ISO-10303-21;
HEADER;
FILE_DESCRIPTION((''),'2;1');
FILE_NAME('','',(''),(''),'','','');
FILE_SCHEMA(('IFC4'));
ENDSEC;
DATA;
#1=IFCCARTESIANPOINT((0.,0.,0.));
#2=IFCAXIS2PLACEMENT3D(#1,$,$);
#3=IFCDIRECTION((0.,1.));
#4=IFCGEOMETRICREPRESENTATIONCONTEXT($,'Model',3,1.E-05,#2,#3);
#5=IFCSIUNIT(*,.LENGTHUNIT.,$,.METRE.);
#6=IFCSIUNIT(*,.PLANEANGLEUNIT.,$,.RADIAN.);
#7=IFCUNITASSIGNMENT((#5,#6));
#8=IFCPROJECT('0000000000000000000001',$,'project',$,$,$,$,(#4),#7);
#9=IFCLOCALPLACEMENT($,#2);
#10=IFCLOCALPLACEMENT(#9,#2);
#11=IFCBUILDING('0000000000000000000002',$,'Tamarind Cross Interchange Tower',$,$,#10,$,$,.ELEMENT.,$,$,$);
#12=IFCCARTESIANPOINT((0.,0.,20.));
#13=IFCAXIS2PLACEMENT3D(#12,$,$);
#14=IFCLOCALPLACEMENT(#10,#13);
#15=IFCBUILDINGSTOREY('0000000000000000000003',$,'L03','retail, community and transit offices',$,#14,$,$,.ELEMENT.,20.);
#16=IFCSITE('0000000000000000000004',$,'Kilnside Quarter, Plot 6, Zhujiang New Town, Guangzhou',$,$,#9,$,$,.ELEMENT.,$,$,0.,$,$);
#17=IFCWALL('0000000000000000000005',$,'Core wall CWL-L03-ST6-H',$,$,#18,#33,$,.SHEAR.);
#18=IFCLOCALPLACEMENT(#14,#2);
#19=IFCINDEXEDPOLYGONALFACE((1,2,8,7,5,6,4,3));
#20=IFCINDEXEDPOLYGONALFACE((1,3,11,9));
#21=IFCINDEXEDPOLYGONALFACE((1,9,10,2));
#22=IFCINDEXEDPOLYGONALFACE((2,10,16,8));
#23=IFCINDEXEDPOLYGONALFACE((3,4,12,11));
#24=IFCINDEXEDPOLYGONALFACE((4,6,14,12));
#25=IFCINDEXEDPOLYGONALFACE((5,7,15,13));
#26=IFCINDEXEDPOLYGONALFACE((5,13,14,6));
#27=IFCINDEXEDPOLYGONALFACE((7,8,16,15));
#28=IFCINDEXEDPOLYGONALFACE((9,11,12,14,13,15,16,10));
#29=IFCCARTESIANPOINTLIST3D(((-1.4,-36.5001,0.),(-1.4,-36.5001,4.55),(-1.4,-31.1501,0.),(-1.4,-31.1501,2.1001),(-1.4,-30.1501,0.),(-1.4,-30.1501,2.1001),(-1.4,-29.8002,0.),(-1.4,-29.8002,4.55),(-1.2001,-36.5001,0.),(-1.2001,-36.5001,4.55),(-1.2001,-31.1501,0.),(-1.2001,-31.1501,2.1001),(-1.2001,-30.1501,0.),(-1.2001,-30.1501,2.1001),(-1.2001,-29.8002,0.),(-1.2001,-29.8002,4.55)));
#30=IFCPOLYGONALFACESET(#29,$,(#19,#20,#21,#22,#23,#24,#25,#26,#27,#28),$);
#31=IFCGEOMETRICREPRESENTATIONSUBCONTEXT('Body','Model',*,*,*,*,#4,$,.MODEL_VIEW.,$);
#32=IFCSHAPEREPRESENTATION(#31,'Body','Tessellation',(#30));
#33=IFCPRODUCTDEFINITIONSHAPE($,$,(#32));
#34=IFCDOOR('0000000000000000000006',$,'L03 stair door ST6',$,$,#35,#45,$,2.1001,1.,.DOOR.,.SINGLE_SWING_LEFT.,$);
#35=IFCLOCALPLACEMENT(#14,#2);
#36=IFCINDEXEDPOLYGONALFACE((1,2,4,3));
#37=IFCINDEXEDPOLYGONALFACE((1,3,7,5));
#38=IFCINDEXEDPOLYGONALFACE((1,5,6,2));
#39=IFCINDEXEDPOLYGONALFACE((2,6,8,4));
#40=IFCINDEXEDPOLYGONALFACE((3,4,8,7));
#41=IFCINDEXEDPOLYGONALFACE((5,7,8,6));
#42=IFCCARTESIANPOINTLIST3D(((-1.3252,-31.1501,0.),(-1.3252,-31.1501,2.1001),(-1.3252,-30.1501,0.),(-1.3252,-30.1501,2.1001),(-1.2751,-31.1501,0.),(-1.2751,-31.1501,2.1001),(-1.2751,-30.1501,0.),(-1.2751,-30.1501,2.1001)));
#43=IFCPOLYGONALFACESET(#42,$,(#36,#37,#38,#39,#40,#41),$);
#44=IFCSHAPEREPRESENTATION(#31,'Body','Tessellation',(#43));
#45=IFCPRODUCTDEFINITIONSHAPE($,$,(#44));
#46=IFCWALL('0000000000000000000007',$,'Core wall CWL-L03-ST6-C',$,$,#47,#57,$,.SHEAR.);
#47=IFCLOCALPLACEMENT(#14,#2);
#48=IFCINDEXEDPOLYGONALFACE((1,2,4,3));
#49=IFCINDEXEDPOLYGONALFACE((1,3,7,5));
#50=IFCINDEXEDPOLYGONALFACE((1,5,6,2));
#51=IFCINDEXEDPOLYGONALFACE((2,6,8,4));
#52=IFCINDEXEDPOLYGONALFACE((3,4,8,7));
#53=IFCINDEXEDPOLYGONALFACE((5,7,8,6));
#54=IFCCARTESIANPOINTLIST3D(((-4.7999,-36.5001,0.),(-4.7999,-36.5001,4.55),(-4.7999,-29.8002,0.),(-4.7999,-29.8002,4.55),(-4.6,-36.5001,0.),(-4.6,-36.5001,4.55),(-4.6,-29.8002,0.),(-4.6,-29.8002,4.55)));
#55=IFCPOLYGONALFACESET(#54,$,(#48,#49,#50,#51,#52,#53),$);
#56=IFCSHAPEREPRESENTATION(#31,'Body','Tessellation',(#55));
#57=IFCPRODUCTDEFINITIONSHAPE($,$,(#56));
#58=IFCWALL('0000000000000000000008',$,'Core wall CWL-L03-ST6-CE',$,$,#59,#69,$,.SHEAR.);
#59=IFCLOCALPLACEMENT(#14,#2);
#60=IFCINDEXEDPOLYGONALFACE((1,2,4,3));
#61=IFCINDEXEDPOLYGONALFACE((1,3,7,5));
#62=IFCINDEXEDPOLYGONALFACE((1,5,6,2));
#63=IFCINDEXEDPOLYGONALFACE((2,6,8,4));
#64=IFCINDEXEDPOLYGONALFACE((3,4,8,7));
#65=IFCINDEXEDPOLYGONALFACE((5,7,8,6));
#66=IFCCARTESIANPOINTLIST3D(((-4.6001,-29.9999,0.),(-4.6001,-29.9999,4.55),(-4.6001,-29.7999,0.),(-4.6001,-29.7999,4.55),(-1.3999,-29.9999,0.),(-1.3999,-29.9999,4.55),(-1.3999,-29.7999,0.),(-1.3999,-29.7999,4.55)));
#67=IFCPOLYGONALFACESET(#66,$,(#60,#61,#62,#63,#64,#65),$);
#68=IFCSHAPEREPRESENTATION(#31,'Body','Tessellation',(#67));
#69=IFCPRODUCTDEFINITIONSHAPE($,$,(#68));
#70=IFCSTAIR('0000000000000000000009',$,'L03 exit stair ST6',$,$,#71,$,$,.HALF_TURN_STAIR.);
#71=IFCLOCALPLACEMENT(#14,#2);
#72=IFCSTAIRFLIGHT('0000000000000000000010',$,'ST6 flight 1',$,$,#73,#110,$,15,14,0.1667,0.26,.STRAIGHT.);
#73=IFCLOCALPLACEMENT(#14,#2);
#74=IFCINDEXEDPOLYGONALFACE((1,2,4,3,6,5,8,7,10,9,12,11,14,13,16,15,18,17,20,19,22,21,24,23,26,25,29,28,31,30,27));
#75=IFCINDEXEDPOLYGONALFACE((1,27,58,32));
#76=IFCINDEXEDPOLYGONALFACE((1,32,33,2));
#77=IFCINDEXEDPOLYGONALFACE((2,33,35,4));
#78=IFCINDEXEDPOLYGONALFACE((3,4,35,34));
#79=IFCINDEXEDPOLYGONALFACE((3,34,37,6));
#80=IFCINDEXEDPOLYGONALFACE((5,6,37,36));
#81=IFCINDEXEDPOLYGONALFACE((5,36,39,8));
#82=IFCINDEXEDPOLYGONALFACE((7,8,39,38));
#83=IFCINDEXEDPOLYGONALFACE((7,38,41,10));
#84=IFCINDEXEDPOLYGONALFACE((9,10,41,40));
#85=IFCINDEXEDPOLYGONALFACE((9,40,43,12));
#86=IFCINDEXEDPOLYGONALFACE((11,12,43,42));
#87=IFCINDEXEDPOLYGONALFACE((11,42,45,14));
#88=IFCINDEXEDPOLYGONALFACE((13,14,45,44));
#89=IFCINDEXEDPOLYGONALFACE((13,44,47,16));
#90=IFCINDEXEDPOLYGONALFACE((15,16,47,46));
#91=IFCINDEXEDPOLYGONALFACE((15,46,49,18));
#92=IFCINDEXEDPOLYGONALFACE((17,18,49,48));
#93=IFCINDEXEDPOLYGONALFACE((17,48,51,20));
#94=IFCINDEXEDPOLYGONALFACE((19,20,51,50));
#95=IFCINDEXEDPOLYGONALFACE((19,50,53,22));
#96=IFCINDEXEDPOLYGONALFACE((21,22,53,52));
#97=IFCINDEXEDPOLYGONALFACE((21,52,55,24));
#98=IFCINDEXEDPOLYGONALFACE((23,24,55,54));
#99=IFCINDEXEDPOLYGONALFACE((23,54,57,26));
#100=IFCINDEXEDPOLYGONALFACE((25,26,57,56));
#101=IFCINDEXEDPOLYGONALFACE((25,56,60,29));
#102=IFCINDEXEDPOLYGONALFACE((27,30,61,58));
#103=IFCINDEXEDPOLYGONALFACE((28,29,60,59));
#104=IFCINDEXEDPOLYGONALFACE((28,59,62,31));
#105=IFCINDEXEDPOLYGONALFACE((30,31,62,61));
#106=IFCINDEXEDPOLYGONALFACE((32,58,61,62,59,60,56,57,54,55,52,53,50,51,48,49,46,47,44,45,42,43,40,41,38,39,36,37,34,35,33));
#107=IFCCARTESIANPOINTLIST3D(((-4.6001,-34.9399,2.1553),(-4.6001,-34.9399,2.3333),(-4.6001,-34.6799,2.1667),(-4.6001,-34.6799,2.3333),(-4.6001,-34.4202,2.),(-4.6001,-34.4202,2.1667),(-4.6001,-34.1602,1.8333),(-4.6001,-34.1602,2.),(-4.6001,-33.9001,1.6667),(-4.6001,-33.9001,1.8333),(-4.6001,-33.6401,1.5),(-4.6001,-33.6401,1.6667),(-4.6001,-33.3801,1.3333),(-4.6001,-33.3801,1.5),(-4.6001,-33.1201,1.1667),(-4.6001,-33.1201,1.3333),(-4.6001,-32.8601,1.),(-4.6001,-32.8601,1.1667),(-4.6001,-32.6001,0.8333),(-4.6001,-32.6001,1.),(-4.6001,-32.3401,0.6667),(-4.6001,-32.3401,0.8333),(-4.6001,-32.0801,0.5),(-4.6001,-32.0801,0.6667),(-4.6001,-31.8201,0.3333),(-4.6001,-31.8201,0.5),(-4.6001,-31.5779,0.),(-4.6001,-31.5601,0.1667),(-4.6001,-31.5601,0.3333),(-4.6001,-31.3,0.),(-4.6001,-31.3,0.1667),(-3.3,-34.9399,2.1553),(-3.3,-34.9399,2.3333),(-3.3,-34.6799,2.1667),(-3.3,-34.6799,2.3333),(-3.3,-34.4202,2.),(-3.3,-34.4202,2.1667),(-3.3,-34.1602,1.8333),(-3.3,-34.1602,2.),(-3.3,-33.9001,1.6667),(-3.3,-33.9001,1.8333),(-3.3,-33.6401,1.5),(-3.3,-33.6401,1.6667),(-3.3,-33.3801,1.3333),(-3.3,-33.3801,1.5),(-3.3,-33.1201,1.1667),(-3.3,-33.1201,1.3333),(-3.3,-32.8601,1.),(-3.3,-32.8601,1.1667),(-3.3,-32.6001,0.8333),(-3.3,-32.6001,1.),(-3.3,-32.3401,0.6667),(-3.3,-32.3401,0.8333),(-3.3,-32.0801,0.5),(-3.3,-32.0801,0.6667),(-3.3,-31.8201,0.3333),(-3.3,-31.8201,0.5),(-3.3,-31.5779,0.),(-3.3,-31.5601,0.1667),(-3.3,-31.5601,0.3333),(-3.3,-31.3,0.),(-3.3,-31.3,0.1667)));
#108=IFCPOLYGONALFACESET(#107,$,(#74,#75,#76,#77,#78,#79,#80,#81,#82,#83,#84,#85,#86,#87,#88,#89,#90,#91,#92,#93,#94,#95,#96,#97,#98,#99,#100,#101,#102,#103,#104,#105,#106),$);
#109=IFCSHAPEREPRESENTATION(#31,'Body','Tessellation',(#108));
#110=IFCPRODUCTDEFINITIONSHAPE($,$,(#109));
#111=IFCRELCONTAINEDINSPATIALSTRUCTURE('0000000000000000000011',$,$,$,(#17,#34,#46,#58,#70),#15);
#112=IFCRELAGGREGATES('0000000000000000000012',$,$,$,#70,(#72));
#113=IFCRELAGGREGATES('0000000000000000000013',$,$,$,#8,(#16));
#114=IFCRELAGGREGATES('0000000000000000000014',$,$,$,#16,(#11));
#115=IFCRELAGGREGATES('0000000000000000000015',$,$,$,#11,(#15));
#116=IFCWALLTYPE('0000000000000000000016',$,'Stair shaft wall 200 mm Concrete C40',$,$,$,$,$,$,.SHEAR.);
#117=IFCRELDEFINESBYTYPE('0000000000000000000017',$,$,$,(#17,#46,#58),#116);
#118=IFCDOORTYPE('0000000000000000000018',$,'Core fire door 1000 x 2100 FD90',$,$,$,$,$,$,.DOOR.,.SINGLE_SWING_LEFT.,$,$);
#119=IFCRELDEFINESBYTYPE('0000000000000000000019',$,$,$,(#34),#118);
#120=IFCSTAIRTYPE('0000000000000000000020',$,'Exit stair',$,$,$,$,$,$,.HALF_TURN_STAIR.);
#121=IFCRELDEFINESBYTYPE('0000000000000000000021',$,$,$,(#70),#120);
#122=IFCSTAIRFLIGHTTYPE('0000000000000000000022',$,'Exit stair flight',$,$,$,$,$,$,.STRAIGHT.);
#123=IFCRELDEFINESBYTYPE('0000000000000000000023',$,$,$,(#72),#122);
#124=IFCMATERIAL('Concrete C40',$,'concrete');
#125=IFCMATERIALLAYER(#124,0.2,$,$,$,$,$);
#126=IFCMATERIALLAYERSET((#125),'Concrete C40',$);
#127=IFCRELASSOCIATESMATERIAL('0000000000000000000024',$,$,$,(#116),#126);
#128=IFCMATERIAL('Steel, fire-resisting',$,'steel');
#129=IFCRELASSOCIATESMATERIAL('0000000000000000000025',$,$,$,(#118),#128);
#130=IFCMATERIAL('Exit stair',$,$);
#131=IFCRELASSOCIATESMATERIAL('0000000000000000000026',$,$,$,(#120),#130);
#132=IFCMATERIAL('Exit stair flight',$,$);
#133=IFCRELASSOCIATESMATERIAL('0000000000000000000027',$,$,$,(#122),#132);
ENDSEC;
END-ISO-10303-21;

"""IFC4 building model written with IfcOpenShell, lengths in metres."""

from ifc_helpers import new_model, si_unit, direction, frame, frame_2d, origin, place, context, subcontext, project, spatial, polyline, rectangle, outline, extrude, material, layer, layer_set, type_object, element, fill, aggregate, save


model = new_model("IFC4")

# Units and contexts
model_context = context("Model", 3, precision=1e-05, world=origin(), true_north=direction((0.0, 1.0)))
body_context = subcontext(model_context, "Body", "Model", "MODEL_VIEW")
ifc_project = project(units=[si_unit("LENGTHUNIT", "METRE"), si_unit("PLANEANGLEUNIT", "RADIAN")], contexts=[model_context])

# Site, building, storey
site_placement = place(None, origin())
site = spatial("IfcSite", under=ifc_project, at=site_placement, Name="Kilnside Quarter, Plot 6, Zhujiang New Town, Guangzhou", CompositionType="ELEMENT", RefElevation=0.0)
building_placement = place(site_placement, origin())
building = spatial("IfcBuilding", under=site, at=building_placement, Name="Tamarind Cross Interchange Tower", CompositionType="ELEMENT")
storey_placement = place(building_placement, frame((0.0, 0.0, 20.0)))
storey = spatial("IfcBuildingStorey", under=building, at=storey_placement, Name="L03", Description="retail, community and transit offices", CompositionType="ELEMENT", Elevation=20.0)

# Shared definitions
ifc_material_1 = material(Name="Steel, fire-resisting", Category="steel")

# Wall, opening, door
ifc_material_2 = material(Name="Concrete C40", Category="concrete")
ifc_layer_1 = layer(ifc_material_2, 0.2)
ifc_layer_set_1 = layer_set([ifc_layer_1], Name="Concrete C40")
wall_type_1 = type_object("IfcWallType", Name="Stair shaft wall 200 mm Concrete C40", PredefinedType="SHEAR", material=ifc_layer_set_1)
wall_1_placement = place(storey_placement, frame((-1.3, -29.8, 0.0), z_axis=(0.0, 0.0, 1.0), x_axis=(0.0, -1.0, 0.0)))
wall_1 = element("IfcWall", 1, at=wall_1_placement, inside=storey, type_object=wall_type_1, Name="Core wall CWL-L03-ST6-H", PredefinedType="SHEAR", context=body_context, shape_type="SweptSolid", body=[
    extrude(rectangle(XDim=6.7, YDim=0.2, at=frame_2d((3.3501, 0.0))), origin(), (0.0, 0.0, 1.0), 4.55),
])
opening_1_placement = place(wall_1_placement, frame((0.3501, 0.0, 0.0)))
opening_1 = element("IfcOpeningElement", 2, at=opening_1_placement, cuts=wall_1, PredefinedType="OPENING", context=body_context, shape_type="SweptSolid", body=[
    extrude(rectangle(XDim=1.0, YDim=2.1001, at=frame_2d((0.5, 1.05))), frame((0.0, 0.1099, 0.0), z_axis=(0.0, -1.0, 0.0), x_axis=(1.0, 0.0, 0.0)), (0.0, 0.0, 1.0), 0.22),
])
door_type_1 = type_object("IfcDoorType", Name="Core fire door 1000 x 2100 FD90", OperationType="SINGLE_SWING_LEFT", PredefinedType="DOOR", material=ifc_material_1)
door_1_placement = place(opening_1_placement, origin())
door_1 = element("IfcDoor", 3, at=door_1_placement, inside=storey, type_object=door_type_1, Name="L03 stair door ST6", OperationType="SINGLE_SWING_LEFT", OverallHeight=2.1001, OverallWidth=1.0, PredefinedType="DOOR", context=body_context, shape_type="SweptSolid", body=[
    extrude(rectangle(XDim=1.0, YDim=2.1001, at=frame_2d((0.5, 1.05))), frame((0.0, 0.0249, 0.0), z_axis=(0.0, -1.0, 0.0), x_axis=(1.0, 0.0, 0.0)), (0.0, 0.0, 1.0), 0.05),
])
fill(opening_1, door_1)

# Walls
wall_2_placement = place(storey_placement, frame((-4.7, -29.8, 0.0), z_axis=(0.0, 0.0, 1.0), x_axis=(0.0, -1.0, 0.0)))
element("IfcWall", 4, at=wall_2_placement, inside=storey, type_object=wall_type_1, Name="Core wall CWL-L03-ST6-C", PredefinedType="SHEAR", context=body_context, shape_type="SweptSolid", body=[
    extrude(rectangle(XDim=6.7, YDim=0.2, at=frame_2d((3.3501, 0.0))), origin(), (0.0, 0.0, 1.0), 4.55),
])
wall_3_placement = place(storey_placement, frame((-4.6001, -29.8999, 0.0), z_axis=(0.0, 0.0, 1.0), x_axis=(1.0, 0.0, 0.0)))
element("IfcWall", 5, at=wall_3_placement, inside=storey, type_object=wall_type_1, Name="Core wall CWL-L03-ST6-CE", PredefinedType="SHEAR", context=body_context, shape_type="SweptSolid", body=[
    extrude(rectangle(XDim=3.2002, YDim=0.2, at=frame_2d((1.6001, 0.0))), origin(), (0.0, 0.0, 1.0), 4.55),
])

# Stair, stair flight
ifc_material_3 = material(Name="Exit stair")
stair_type = type_object("IfcStairType", Name="Exit stair", PredefinedType="HALF_TURN_STAIR", material=ifc_material_3)
stair_placement = place(storey_placement, origin())
stair = element("IfcStair", 6, at=stair_placement, inside=storey, type_object=stair_type, Name="L03 exit stair ST6", PredefinedType="HALF_TURN_STAIR")
ifc_material_4 = material(Name="Exit stair flight")
stair_flight_type = type_object("IfcStairFlightType", Name="Exit stair flight", PredefinedType="STRAIGHT", material=ifc_material_4)
stair_flight_placement = place(storey_placement, frame((-3.95, -31.3, 0.0), z_axis=(0.0, 0.0, 1.0), x_axis=(0.0, -1.0, 0.0)))
stair_flight = element("IfcStairFlight", 7, at=stair_flight_placement, type_object=stair_flight_type, Name="ST6 flight 1", NumberOfRisers=15, NumberOfTreads=14, PredefinedType="STRAIGHT", RiserHeight=0.1667, TreadLength=0.26, context=body_context, shape_type="SweptSolid", body=[
    extrude(outline(polyline([(0.0, 0.0), (0.0, 0.1667), (0.26, 0.1667), (0.26, 0.3333), (0.52, 0.3333), (0.52, 0.5), (0.78, 0.5), (0.78, 0.6667), (1.04, 0.6667), (1.04, 0.8333), (1.3, 0.8333), (1.3, 1.0), (1.5601, 1.0), (1.5601, 1.1667), (1.8201, 1.1667), (1.8201, 1.3333), (2.0801, 1.3333), (2.0801, 1.5), (2.3401, 1.5), (2.3401, 1.6667), (2.6001, 1.6667), (2.6001, 1.8333), (2.8601, 1.8333), (2.8601, 2.0), (3.1201, 2.0), (3.1201, 2.1667), (3.3799, 2.1667), (3.3799, 2.3333), (3.6399, 2.3333), (3.6399, 2.5), (3.6399, 2.1553), (0.2778, 0.0), (0.0, 0.0)])), frame((0.0, 0.6499, 0.0), z_axis=(0.0, -1.0, 0.0), x_axis=(1.0, 0.0, 0.0)), (0.0, 0.0, 1.0), 1.3),
])
aggregate(stair, [stair_flight])

save(model, "model.ifc")
